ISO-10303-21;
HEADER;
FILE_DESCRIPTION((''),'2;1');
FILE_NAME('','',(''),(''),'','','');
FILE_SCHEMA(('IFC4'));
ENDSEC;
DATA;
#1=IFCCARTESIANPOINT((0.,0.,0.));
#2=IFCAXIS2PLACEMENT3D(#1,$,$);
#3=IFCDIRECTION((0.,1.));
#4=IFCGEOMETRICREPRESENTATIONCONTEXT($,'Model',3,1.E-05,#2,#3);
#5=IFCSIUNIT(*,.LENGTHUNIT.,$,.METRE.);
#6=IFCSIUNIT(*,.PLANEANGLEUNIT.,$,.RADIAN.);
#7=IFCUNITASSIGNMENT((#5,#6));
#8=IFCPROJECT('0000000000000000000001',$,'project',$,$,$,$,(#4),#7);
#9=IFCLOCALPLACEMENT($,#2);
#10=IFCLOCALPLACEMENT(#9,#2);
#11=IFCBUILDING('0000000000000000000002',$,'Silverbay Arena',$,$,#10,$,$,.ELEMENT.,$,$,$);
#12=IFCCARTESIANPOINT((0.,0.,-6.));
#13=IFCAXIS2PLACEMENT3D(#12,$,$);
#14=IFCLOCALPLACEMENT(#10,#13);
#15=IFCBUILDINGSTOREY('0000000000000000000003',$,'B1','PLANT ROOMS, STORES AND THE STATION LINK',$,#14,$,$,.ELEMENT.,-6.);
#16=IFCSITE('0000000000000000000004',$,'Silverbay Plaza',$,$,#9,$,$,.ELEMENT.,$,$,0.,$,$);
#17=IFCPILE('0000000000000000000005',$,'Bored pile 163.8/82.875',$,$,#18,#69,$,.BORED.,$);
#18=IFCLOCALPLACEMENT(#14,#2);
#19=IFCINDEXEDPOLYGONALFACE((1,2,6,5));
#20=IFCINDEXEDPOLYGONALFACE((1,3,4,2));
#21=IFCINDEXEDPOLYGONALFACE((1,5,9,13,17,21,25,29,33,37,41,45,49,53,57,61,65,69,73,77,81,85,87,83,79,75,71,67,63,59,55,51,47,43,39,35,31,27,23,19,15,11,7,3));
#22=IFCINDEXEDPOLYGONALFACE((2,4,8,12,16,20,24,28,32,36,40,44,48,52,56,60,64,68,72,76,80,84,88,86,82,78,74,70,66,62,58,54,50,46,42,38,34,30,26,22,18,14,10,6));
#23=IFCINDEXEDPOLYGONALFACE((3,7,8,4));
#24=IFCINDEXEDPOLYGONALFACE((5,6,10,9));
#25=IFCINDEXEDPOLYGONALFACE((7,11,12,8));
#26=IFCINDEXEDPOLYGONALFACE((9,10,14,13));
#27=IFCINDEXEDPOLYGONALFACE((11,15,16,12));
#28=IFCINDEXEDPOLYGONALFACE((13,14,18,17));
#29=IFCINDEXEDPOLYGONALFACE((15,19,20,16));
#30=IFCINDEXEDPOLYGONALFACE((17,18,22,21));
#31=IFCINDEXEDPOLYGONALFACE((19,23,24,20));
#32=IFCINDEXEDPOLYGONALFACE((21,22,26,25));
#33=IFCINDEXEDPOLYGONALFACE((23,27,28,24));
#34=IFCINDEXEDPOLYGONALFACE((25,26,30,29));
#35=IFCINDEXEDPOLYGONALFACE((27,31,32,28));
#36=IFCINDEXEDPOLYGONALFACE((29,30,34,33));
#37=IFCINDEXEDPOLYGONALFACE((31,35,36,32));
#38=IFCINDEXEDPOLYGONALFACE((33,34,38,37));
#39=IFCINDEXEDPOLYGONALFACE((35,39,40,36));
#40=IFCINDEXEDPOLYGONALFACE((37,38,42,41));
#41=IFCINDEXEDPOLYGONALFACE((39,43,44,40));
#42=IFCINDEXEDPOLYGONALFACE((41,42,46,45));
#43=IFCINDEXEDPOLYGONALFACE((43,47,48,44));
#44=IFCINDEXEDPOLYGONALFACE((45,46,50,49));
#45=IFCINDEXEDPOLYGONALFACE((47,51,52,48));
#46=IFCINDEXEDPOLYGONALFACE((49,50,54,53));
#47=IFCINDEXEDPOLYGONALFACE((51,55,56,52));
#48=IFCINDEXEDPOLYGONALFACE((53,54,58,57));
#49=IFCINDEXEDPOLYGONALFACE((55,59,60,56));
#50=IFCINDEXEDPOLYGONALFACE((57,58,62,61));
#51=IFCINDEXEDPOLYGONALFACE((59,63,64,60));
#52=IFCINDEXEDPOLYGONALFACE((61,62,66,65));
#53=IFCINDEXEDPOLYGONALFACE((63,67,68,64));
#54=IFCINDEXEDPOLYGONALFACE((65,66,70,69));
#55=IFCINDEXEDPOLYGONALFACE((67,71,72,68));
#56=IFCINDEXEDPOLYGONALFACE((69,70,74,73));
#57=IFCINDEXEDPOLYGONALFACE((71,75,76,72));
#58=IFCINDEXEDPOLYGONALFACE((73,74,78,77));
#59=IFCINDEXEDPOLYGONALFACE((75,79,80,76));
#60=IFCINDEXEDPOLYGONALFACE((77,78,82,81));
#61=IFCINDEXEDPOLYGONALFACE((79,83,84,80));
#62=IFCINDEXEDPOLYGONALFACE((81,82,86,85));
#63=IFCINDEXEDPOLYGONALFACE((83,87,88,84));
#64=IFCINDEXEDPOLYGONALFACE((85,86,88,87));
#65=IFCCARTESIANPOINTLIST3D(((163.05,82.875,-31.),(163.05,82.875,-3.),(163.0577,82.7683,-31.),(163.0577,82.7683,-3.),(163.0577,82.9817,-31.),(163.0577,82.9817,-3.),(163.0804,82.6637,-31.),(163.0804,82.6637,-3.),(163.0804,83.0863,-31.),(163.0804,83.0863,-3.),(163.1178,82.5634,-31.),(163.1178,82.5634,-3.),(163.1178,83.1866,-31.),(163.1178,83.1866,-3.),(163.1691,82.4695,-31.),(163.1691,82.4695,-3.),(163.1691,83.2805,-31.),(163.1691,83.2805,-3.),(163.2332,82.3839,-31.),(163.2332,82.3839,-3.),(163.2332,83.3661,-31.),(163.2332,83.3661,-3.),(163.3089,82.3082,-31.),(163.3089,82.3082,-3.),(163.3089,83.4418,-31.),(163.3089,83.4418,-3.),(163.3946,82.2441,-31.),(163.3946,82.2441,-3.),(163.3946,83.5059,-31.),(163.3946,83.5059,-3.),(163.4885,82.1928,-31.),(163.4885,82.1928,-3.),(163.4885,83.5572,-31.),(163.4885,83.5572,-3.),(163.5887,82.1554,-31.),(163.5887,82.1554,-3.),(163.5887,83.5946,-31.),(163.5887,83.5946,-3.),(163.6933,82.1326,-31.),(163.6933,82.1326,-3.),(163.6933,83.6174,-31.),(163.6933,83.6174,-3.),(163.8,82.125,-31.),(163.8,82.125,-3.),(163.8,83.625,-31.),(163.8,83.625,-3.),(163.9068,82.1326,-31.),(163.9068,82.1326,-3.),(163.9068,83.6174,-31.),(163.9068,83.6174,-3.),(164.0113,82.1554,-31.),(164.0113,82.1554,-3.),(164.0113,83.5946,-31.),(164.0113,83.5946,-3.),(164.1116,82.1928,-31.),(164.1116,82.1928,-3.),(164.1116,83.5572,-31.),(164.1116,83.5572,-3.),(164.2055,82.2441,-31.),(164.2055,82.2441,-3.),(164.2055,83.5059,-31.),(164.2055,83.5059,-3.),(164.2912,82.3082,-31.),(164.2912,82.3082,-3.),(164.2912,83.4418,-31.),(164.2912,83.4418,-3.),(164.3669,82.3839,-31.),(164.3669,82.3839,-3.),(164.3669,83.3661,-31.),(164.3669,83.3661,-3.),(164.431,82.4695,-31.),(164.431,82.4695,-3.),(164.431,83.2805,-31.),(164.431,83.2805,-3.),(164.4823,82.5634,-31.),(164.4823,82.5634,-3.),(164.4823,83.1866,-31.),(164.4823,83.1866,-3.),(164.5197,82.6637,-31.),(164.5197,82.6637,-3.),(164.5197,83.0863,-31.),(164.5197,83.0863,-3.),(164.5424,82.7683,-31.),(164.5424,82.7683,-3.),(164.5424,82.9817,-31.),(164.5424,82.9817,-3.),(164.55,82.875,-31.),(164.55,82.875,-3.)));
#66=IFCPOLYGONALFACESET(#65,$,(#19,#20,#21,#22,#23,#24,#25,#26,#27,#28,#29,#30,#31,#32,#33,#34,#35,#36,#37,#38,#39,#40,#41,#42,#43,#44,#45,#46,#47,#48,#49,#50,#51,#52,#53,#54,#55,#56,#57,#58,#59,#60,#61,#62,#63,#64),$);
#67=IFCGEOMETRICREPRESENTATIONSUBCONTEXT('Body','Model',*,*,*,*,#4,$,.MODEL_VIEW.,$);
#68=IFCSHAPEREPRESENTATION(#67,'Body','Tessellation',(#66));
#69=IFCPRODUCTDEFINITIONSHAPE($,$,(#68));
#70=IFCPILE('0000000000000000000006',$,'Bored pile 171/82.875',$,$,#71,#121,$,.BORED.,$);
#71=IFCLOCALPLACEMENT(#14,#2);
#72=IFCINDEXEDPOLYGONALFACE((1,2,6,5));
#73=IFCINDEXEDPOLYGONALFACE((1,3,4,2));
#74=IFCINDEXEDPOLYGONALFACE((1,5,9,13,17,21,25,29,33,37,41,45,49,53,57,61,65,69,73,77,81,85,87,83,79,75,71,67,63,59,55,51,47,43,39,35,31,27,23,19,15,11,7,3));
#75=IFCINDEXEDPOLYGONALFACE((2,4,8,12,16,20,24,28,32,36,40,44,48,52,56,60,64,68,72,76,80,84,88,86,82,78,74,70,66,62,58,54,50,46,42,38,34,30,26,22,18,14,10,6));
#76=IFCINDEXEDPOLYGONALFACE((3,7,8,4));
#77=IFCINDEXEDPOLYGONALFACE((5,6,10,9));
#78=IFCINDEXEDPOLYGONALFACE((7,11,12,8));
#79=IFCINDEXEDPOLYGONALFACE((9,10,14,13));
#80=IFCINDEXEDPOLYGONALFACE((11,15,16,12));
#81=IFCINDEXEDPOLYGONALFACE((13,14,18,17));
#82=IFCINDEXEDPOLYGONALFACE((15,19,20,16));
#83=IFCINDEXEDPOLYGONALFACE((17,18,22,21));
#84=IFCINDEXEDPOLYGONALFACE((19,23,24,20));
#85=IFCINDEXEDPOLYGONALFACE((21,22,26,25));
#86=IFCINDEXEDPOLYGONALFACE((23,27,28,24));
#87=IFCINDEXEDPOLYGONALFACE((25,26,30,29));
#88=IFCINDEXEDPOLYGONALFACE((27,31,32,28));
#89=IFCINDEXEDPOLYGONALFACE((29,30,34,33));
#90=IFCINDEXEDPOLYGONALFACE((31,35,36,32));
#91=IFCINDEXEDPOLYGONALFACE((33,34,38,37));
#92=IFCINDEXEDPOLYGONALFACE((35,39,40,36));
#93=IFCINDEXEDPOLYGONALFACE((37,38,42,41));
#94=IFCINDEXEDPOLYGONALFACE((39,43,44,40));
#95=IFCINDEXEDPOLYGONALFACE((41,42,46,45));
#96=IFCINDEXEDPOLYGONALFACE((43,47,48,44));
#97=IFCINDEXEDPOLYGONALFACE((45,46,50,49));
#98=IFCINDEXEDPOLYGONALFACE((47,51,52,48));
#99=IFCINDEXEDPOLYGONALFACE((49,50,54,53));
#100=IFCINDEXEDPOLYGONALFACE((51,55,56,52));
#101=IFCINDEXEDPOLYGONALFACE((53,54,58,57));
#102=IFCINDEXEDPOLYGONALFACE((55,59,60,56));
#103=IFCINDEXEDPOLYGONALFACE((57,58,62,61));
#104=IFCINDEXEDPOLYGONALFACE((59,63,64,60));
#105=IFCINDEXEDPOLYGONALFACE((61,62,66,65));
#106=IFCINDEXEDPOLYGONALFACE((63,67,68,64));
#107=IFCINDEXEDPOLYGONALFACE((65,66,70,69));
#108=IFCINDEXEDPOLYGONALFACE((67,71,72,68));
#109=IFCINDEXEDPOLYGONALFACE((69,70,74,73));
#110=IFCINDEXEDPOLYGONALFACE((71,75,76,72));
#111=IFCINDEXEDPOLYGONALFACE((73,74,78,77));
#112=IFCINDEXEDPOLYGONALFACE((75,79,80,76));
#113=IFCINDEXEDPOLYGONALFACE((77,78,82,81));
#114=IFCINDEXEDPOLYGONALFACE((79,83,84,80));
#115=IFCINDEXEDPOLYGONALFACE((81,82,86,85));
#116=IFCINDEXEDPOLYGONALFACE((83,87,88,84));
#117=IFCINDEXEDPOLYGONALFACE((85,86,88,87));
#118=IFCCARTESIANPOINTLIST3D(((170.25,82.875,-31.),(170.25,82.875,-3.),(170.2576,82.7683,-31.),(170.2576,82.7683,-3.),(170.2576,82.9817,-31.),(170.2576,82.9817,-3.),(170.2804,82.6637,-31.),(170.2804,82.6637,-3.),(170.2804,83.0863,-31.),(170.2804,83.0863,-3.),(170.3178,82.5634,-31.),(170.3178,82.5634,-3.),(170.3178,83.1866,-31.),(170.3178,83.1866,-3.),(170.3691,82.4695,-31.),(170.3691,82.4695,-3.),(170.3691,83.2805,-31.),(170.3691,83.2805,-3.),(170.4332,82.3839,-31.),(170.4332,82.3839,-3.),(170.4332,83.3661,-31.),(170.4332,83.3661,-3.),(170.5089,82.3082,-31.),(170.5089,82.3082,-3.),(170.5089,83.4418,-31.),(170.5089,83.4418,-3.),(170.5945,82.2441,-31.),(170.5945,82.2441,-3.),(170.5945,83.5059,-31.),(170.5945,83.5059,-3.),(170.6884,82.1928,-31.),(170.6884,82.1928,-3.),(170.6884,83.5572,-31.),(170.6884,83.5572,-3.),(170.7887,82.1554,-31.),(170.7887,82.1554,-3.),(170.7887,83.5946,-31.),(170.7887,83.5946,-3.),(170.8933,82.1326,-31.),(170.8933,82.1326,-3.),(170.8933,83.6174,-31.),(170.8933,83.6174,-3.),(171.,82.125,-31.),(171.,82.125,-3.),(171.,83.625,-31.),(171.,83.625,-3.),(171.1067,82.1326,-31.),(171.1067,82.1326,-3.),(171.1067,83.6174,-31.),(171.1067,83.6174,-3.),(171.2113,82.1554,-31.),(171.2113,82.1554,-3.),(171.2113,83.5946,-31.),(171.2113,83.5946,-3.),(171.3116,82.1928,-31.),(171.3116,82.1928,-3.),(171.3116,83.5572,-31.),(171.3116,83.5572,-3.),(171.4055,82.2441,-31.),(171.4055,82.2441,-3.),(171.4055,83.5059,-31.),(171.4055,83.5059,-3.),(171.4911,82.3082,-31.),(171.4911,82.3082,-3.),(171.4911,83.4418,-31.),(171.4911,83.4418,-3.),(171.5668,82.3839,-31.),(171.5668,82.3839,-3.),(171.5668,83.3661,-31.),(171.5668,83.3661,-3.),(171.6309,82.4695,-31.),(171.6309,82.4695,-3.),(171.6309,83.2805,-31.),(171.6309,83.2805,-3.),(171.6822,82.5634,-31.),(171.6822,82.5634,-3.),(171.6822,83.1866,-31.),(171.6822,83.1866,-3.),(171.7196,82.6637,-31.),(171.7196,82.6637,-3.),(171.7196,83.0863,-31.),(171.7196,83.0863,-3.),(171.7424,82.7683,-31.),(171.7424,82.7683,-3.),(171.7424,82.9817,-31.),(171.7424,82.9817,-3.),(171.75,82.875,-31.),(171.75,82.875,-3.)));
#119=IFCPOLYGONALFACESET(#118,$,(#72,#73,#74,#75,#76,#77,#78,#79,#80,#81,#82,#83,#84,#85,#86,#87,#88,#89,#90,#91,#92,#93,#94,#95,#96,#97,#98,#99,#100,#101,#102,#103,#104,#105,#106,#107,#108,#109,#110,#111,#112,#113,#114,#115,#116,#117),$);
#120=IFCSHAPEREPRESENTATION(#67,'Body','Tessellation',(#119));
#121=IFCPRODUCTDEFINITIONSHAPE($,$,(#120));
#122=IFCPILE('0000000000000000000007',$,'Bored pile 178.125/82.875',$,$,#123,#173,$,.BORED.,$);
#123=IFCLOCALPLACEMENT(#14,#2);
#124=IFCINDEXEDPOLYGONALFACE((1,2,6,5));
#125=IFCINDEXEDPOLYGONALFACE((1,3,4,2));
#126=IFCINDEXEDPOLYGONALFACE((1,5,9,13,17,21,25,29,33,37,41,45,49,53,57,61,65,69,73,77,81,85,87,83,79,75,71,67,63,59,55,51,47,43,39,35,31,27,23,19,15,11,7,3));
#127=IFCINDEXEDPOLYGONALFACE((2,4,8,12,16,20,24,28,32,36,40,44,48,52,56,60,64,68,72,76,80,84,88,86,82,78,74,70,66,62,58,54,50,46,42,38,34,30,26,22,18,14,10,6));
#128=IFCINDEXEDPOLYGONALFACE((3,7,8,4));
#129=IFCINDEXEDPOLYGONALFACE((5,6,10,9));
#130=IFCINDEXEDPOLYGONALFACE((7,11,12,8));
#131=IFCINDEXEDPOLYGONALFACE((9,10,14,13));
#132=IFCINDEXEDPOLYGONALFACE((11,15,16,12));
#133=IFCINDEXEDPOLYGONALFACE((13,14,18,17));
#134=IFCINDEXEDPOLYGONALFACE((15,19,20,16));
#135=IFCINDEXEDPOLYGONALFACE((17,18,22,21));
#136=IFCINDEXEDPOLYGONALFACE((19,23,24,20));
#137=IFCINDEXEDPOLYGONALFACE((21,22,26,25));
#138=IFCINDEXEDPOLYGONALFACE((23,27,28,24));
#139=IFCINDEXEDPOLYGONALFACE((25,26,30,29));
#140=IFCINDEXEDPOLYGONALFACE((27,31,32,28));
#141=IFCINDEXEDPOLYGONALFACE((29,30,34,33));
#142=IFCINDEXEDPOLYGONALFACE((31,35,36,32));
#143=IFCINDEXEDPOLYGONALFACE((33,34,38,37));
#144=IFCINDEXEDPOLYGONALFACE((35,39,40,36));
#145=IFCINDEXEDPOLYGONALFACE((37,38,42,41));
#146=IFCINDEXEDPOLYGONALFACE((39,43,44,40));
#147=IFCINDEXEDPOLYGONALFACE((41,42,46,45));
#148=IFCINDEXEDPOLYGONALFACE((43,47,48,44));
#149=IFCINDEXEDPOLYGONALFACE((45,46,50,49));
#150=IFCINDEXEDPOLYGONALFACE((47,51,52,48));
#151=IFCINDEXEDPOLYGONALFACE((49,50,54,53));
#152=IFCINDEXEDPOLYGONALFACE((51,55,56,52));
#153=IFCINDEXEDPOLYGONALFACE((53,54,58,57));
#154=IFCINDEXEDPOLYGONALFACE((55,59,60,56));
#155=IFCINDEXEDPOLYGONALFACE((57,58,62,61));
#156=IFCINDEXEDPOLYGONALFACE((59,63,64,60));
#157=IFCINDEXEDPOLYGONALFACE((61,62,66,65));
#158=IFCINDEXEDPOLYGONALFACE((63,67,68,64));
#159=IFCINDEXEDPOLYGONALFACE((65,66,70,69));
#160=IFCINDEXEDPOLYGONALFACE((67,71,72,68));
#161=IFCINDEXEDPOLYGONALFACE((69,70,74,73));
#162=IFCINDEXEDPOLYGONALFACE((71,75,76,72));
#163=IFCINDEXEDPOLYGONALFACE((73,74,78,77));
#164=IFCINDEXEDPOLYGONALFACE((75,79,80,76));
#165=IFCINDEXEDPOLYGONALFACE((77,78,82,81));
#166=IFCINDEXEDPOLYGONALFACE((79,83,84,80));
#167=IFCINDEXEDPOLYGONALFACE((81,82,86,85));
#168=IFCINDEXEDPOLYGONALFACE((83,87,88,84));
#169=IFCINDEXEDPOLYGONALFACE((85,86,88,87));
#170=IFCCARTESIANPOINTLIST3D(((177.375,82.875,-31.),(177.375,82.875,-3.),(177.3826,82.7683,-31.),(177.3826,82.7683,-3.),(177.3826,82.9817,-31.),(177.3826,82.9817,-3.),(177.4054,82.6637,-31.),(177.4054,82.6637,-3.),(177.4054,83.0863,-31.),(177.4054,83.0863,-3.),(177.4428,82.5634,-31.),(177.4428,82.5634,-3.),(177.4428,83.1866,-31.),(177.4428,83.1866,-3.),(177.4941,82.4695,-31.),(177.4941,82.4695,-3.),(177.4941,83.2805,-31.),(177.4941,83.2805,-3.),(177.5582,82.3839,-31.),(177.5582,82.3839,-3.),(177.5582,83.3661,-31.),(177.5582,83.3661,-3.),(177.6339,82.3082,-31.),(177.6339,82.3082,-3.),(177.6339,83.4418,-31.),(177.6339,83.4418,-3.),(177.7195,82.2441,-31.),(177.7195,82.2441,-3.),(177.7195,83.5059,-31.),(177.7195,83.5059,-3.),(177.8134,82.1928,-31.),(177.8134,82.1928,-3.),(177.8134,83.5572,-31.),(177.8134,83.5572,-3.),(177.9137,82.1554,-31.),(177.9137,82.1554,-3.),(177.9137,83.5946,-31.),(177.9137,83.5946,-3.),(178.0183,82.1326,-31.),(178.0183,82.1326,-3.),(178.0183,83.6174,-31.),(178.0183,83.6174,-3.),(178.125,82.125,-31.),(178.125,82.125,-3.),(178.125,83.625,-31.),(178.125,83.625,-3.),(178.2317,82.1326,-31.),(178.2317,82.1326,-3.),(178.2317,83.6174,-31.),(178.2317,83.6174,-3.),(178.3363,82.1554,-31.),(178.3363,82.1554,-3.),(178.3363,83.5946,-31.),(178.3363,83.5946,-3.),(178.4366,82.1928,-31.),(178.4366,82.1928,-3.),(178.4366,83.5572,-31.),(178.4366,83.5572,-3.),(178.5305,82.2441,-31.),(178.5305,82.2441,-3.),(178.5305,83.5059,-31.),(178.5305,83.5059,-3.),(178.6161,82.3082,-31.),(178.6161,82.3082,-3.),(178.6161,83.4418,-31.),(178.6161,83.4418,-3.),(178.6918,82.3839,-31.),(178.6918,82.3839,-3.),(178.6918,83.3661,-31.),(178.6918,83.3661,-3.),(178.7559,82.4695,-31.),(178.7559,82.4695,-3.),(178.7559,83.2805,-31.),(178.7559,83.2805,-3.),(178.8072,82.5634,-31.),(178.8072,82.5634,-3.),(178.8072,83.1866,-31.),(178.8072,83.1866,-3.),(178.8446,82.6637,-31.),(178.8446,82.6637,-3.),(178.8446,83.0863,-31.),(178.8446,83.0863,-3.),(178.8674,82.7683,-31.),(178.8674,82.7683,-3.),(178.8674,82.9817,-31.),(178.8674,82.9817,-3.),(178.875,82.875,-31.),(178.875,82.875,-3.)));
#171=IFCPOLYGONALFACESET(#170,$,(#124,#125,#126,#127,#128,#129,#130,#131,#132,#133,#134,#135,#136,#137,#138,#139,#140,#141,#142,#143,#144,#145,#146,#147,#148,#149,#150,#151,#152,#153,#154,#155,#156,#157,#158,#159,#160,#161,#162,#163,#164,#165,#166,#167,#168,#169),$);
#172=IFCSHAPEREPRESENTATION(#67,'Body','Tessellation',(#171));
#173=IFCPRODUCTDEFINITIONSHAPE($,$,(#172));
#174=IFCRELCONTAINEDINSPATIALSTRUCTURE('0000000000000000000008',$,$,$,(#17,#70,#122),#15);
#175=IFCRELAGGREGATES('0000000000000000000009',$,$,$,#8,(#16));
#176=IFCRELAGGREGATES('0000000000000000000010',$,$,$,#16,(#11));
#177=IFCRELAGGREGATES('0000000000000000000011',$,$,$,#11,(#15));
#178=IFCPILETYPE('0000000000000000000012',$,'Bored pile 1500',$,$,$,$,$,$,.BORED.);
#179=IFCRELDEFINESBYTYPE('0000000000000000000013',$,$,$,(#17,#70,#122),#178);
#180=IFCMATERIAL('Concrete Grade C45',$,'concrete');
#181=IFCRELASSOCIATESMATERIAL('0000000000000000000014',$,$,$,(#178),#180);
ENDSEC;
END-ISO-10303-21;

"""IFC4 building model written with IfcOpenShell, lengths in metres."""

from ifc_helpers import new_model, si_unit, direction, frame, origin, origin_2d, place, context, subcontext, project, spatial, circle, extrude, material, material_profile, profile_set, type_object, element, save


model = new_model("IFC4")

# Units and contexts
model_context = context("Model", 3, precision=1e-05, world=origin(), true_north=direction((0.0, 1.0)))
body_context = subcontext(model_context, "Body", "Model", "MODEL_VIEW")
ifc_project = project(units=[si_unit("LENGTHUNIT", "METRE"), si_unit("PLANEANGLEUNIT", "RADIAN")], contexts=[model_context])

# Site, building, storey
site_placement = place(None, origin())
site = spatial("IfcSite", under=ifc_project, at=site_placement, Name="Silverbay Plaza", CompositionType="ELEMENT", RefElevation=0.0)
building_placement = place(site_placement, origin())
building = spatial("IfcBuilding", under=site, at=building_placement, Name="Silverbay Arena", CompositionType="ELEMENT")
storey_placement = place(building_placement, frame((0.0, 0.0, -6.0)))
storey = spatial("IfcBuildingStorey", under=building, at=storey_placement, Name="B1", Description="PLANT ROOMS, STORES AND THE STATION LINK", CompositionType="ELEMENT", Elevation=-6.0)

# Piles
ifc_material_1 = material(Name="Concrete Grade C45", Category="concrete")
ifc_material_profile_1 = material_profile(ifc_material_1, circle(Radius=0.75, at=origin_2d()), Name="Bored pile 1500")
ifc_profile_set_1 = profile_set([ifc_material_profile_1], Name="Concrete Grade C45")
pile_type = type_object("IfcPileType", Name="Bored pile 1500", PredefinedType="BORED", material=ifc_profile_set_1)
for number, where, z_axis, x_axis, name in (
    (1, (163.8, 82.875, -3.0), (0.0, 0.0, -1.0), (1.0, 0.0, 0.0), "Bored pile 163.8/82.875"),
    (2, (171.0, 82.875, -3.0), (0.0, 0.0, -1.0), (1.0, 0.0, 0.0), "Bored pile 171/82.875"),
    (3, (178.125, 82.875, -3.0), (0.0, 0.0, -1.0), (1.0, 0.0, 0.0), "Bored pile 178.125/82.875"),
):
    element("IfcPile", number, at=place(storey_placement, frame(where, z_axis=z_axis, x_axis=x_axis)), inside=storey, type_object=pile_type, Name=name, PredefinedType="BORED", context=body_context, shape_type="SweptSolid", body=[
        extrude(circle(Radius=0.75, at=origin_2d()), origin(), (0.0, 0.0, 1.0), 28.0),
    ])

save(model, "model.ifc")
